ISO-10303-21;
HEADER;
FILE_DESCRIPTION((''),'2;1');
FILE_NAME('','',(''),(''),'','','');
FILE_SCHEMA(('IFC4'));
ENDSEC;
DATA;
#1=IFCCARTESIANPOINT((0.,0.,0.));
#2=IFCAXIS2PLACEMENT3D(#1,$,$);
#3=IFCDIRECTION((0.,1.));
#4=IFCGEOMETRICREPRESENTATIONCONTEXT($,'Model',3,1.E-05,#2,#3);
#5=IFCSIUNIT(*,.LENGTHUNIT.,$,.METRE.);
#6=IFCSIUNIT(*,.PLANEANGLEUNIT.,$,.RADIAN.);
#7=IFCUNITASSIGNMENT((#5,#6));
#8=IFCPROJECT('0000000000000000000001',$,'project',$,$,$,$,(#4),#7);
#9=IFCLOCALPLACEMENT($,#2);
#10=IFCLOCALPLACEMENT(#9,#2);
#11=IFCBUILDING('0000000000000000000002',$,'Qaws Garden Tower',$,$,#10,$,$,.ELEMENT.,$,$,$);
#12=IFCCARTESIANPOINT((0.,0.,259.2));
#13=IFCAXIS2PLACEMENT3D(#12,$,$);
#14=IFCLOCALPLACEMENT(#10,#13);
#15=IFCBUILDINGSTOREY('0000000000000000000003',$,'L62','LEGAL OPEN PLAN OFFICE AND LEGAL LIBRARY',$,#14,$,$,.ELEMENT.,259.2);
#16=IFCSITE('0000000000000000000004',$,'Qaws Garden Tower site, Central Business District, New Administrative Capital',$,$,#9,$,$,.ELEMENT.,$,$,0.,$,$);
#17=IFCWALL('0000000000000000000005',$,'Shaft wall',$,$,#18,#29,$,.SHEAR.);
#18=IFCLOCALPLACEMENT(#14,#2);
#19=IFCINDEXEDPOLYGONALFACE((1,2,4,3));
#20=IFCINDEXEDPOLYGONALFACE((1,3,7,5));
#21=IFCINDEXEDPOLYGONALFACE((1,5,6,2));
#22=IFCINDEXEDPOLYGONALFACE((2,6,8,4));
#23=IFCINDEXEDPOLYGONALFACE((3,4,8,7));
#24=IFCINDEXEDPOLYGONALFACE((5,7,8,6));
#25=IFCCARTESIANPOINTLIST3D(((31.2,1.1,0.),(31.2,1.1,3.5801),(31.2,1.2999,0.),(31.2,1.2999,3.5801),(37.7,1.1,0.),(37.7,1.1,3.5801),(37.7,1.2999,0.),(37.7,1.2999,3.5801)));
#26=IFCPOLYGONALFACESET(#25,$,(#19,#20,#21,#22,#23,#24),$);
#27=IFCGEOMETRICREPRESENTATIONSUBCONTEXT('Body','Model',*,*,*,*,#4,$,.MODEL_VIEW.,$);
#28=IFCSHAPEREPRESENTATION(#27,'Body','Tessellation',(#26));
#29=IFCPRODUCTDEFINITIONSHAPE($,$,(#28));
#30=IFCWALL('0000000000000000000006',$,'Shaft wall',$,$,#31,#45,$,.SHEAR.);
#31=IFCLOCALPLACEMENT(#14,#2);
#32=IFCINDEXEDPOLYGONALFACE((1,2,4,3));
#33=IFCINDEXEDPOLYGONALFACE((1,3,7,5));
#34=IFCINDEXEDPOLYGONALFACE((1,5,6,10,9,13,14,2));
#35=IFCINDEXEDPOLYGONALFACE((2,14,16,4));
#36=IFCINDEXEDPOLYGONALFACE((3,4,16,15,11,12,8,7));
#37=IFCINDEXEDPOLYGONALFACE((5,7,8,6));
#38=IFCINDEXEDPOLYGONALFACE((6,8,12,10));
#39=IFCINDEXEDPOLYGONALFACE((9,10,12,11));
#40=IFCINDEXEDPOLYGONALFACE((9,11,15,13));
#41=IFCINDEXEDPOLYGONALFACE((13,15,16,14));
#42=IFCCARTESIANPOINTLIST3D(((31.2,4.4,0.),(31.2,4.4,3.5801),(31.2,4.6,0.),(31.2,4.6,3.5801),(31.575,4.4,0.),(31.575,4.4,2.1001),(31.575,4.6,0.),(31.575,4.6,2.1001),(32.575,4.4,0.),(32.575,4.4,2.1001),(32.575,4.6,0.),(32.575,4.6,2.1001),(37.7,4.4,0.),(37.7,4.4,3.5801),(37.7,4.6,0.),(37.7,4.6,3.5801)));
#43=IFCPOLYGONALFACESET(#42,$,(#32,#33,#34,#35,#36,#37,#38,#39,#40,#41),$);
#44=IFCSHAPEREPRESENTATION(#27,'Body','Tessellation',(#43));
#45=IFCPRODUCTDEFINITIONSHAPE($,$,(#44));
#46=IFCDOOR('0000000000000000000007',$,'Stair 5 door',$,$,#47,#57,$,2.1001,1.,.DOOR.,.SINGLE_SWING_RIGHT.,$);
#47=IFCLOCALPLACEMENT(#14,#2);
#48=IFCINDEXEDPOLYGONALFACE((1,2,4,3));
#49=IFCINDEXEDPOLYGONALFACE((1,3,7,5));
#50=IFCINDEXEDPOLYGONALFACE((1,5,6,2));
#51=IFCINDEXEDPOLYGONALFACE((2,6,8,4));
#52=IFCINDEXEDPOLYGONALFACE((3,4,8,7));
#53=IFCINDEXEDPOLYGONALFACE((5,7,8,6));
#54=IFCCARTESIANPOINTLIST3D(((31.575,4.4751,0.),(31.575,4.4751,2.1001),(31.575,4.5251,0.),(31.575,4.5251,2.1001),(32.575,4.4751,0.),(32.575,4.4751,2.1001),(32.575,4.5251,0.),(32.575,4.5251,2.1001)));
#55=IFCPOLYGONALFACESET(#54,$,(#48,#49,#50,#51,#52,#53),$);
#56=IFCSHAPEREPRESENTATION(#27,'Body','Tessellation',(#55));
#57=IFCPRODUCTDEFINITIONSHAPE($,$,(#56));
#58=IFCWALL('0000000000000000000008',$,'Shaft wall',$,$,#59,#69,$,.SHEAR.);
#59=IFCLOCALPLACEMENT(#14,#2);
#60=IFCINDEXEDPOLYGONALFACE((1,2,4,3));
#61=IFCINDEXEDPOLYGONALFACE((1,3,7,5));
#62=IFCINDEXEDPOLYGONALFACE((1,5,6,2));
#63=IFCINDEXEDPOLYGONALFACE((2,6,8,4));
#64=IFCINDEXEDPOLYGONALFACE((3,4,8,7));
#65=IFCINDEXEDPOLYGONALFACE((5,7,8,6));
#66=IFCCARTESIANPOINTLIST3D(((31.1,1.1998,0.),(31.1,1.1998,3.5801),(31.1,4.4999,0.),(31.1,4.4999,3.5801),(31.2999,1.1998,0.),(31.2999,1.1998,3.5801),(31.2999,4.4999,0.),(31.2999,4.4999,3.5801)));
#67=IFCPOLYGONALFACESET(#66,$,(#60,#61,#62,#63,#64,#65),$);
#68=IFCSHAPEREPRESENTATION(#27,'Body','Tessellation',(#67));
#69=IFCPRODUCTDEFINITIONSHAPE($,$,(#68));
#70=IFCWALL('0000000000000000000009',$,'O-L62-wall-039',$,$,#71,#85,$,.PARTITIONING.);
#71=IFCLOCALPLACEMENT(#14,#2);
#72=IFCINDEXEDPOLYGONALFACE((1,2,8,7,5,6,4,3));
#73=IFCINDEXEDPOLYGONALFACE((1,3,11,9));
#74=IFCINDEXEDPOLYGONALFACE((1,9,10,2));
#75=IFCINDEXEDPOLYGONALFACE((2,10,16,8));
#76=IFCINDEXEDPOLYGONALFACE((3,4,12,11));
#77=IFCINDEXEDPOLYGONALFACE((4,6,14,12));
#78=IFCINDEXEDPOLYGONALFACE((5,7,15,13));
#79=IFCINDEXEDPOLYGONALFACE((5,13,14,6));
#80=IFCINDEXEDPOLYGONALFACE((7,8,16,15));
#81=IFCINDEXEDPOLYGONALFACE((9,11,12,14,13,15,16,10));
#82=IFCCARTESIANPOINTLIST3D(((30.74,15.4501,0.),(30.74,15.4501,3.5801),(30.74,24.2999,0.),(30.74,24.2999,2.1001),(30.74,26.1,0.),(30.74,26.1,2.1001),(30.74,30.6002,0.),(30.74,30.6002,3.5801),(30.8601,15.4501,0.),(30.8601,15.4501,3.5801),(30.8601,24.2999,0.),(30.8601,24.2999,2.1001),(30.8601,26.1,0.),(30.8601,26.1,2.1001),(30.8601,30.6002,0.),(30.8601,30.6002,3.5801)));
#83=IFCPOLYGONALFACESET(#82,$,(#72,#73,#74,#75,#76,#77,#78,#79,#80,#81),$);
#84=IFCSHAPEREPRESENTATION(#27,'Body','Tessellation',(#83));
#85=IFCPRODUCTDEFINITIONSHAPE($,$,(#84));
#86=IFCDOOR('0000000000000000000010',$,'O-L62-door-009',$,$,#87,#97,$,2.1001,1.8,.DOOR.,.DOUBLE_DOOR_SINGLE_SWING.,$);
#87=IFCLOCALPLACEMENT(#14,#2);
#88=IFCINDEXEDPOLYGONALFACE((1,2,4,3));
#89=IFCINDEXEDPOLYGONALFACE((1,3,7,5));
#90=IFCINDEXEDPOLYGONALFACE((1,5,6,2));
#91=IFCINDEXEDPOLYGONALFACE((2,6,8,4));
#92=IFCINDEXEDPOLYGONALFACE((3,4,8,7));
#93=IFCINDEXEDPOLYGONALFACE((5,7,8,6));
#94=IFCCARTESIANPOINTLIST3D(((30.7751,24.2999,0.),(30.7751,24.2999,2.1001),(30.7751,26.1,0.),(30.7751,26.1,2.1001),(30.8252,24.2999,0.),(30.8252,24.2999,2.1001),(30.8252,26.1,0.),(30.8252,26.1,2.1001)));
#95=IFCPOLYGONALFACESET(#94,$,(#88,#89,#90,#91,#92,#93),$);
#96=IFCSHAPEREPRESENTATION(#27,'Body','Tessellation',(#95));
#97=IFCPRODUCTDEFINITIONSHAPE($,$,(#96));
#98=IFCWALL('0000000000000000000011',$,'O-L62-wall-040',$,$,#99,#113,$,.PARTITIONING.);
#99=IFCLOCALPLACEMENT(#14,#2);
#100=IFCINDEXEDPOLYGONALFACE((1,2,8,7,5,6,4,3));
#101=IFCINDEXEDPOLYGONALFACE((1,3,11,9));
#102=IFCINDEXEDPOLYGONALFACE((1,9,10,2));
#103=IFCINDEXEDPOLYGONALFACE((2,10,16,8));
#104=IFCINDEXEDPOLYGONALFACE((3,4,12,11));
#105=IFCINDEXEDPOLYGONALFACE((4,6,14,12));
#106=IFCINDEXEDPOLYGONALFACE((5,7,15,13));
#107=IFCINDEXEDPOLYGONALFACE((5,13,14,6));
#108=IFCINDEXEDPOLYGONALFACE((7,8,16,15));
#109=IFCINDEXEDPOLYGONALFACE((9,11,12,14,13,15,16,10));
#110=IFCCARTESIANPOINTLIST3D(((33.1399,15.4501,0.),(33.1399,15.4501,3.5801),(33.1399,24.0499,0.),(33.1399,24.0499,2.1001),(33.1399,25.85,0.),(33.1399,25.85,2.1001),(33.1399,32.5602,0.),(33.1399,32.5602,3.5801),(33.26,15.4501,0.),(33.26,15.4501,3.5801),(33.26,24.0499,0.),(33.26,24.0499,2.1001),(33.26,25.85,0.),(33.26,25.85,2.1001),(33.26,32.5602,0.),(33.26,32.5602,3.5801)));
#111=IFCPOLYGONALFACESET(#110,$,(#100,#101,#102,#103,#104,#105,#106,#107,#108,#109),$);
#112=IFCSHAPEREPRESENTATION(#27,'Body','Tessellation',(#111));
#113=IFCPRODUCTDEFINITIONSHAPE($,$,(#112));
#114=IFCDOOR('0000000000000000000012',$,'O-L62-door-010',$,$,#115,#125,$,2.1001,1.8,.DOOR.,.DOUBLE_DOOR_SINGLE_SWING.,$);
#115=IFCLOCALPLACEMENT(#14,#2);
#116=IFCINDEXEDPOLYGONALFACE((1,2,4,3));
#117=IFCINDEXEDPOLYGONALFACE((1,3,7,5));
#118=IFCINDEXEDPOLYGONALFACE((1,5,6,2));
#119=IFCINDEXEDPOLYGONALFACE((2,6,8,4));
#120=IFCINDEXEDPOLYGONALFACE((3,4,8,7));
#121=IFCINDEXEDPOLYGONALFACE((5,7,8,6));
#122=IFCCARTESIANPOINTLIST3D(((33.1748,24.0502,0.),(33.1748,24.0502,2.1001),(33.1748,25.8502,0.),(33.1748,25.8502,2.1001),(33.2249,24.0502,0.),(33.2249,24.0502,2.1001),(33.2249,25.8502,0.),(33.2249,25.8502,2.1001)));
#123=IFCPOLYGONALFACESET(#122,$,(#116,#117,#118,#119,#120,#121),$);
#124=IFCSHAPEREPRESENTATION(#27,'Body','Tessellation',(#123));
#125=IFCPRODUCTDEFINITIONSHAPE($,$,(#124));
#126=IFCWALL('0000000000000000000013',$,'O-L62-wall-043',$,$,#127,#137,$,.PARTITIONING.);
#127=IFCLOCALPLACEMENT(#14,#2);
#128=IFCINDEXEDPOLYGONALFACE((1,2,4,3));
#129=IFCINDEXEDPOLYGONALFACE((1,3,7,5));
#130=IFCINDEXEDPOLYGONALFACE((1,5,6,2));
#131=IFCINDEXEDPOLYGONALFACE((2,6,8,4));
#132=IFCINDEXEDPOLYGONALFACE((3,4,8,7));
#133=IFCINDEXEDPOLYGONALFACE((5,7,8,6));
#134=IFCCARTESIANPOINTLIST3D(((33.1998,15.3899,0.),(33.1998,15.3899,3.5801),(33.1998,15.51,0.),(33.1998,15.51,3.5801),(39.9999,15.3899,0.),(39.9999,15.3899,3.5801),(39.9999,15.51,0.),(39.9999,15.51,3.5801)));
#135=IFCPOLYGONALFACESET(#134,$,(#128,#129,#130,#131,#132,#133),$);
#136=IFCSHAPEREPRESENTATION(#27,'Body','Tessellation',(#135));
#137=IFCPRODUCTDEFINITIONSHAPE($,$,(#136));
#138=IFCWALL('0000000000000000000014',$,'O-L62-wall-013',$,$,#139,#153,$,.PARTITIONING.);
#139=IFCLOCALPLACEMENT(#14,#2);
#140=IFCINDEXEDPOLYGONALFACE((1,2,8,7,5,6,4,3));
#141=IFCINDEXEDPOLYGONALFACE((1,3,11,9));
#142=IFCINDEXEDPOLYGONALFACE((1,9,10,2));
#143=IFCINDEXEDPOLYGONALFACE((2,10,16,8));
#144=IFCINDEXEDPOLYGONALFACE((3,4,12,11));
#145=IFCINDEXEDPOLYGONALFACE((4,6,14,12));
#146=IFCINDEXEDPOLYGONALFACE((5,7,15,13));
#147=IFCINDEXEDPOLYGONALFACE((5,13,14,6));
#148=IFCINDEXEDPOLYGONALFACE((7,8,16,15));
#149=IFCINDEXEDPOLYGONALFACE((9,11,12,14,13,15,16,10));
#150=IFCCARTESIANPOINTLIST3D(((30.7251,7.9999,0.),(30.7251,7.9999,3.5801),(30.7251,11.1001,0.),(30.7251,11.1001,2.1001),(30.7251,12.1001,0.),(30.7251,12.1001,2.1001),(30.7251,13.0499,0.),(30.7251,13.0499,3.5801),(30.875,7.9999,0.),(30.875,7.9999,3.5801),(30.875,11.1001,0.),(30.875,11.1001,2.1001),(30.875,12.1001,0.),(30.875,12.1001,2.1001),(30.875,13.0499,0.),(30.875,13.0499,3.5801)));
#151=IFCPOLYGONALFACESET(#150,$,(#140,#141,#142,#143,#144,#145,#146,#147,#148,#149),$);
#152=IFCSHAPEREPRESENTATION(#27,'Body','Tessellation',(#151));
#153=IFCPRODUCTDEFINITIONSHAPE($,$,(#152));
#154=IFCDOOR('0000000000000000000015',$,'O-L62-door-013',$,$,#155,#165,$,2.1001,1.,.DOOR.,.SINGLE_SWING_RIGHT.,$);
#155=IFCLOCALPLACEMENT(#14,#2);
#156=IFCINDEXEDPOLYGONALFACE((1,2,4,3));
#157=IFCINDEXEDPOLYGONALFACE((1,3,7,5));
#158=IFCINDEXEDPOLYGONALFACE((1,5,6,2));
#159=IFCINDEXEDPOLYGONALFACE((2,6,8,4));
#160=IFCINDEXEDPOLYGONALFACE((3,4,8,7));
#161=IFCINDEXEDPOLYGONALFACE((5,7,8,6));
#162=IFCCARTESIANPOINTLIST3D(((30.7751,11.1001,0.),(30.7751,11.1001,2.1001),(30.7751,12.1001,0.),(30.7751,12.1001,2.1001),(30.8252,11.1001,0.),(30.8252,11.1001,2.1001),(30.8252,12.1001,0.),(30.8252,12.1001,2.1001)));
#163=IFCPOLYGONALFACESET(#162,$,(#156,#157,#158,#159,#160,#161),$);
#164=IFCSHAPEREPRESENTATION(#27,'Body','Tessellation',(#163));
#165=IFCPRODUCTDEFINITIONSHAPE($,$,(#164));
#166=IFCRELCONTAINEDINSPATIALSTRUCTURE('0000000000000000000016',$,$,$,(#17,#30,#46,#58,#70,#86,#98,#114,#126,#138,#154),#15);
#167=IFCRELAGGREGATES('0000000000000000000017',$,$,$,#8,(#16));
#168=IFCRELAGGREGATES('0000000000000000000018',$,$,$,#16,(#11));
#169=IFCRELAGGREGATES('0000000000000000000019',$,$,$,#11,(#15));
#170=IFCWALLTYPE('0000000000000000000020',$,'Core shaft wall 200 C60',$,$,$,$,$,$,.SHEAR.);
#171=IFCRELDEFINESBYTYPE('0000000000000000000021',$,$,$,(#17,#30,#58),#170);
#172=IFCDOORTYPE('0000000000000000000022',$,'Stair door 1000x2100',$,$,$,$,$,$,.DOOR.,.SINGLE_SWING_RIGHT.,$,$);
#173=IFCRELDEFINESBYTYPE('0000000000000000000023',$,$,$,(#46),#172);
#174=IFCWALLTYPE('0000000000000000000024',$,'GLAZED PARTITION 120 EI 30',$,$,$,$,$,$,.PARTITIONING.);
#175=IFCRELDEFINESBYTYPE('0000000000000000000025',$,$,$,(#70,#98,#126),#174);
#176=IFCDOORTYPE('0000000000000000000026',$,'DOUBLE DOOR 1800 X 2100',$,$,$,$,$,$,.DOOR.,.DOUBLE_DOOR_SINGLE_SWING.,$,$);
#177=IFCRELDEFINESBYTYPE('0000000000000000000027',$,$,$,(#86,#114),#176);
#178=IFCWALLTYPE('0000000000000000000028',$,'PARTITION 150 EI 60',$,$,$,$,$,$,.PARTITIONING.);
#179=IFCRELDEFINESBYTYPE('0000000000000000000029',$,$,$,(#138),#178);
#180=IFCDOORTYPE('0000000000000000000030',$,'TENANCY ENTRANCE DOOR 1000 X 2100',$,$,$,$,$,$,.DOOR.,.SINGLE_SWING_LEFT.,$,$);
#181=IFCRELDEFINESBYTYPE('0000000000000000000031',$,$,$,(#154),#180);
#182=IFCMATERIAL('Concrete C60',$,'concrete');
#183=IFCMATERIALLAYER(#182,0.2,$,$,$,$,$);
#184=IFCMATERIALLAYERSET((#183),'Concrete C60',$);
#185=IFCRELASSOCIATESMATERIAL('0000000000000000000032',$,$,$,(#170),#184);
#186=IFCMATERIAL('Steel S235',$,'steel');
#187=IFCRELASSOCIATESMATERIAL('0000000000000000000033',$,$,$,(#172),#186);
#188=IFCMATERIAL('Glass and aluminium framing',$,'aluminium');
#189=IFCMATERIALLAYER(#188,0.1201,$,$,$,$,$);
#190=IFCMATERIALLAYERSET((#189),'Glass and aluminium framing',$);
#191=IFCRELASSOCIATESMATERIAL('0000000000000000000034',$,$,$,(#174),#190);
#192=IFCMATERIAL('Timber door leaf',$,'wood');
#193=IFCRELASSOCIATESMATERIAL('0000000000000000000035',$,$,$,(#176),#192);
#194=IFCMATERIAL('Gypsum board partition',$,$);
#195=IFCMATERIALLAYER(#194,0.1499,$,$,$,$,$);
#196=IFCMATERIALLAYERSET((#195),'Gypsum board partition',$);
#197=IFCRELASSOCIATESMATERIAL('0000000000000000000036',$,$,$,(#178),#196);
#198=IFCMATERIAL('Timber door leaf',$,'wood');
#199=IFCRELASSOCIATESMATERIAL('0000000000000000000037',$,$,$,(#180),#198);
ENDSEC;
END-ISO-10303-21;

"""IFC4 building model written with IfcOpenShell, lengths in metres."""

from ifc_helpers import new_model, si_unit, direction, frame, frame_2d, origin, place, context, subcontext, project, spatial, rectangle, extrude, material, layer, layer_set, type_object, element, fill, save


model = new_model("IFC4")

# Units and contexts
model_context = context("Model", 3, precision=1e-05, world=origin(), true_north=direction((0.0, 1.0)))
body_context = subcontext(model_context, "Body", "Model", "MODEL_VIEW")
ifc_project = project(units=[si_unit("LENGTHUNIT", "METRE"), si_unit("PLANEANGLEUNIT", "RADIAN")], contexts=[model_context])

# Site, building, storey
site_placement = place(None, origin())
site = spatial("IfcSite", under=ifc_project, at=site_placement, Name="Qaws Garden Tower site, Central Business District, New Administrative Capital", CompositionType="ELEMENT", RefElevation=0.0)
building_placement = place(site_placement, origin())
building = spatial("IfcBuilding", under=site, at=building_placement, Name="Qaws Garden Tower", CompositionType="ELEMENT")
storey_placement = place(building_placement, frame((0.0, 0.0, 259.2)))
storey = spatial("IfcBuildingStorey", under=building, at=storey_placement, Name="L62", Description="LEGAL OPEN PLAN OFFICE AND LEGAL LIBRARY", CompositionType="ELEMENT", Elevation=259.2)

# Wall
ifc_material_1 = material(Name="Concrete C60", Category="concrete")
ifc_layer_1 = layer(ifc_material_1, 0.2)
ifc_layer_set_1 = layer_set([ifc_layer_1], Name="Concrete C60")
wall_type_1 = type_object("IfcWallType", Name="Core shaft wall 200 C60", PredefinedType="SHEAR", material=ifc_layer_set_1)
wall_1_placement = place(storey_placement, frame((31.2, 1.2, 0.0), z_axis=(0.0, 0.0, 1.0), x_axis=(1.0, 0.0, 0.0)))
element("IfcWall", 1, at=wall_1_placement, inside=storey, type_object=wall_type_1, Name="Shaft wall", PredefinedType="SHEAR", context=body_context, shape_type="SweptSolid", body=[
    extrude(rectangle(XDim=6.5, YDim=0.2, at=frame_2d((3.25, 0.0))), origin(), (0.0, 0.0, 1.0), 3.5801),
])

# Wall, opening, door
wall_2_placement = place(storey_placement, frame((31.2, 4.5, 0.0), z_axis=(0.0, 0.0, 1.0), x_axis=(1.0, 0.0, 0.0)))
wall_2 = element("IfcWall", 2, at=wall_2_placement, inside=storey, type_object=wall_type_1, Name="Shaft wall", PredefinedType="SHEAR", context=body_context, shape_type="SweptSolid", body=[
    extrude(rectangle(XDim=6.5, YDim=0.2, at=frame_2d((3.25, 0.0))), origin(), (0.0, 0.0, 1.0), 3.5801),
])
opening_1_placement = place(wall_2_placement, frame((0.375, 0.0, 0.0)))
opening_1 = element("IfcOpeningElement", 3, at=opening_1_placement, cuts=wall_2, PredefinedType="OPENING", context=body_context, shape_type="SweptSolid", body=[
    extrude(rectangle(XDim=1.0, YDim=2.1001, at=frame_2d((0.5, 1.05))), frame((0.0, 0.1099, 0.0), z_axis=(0.0, -1.0, 0.0), x_axis=(1.0, 0.0, 0.0)), (0.0, 0.0, 1.0), 0.22),
])
ifc_material_2 = material(Name="Steel S235", Category="steel")
door_type_1 = type_object("IfcDoorType", Name="Stair door 1000x2100", OperationType="SINGLE_SWING_RIGHT", PredefinedType="DOOR", material=ifc_material_2)
door_1_placement = place(opening_1_placement, frame((1.0, 0.0, 0.0), z_axis=(0.0, 0.0, 1.0), x_axis=(-1.0, 0.0, 0.0)))
door_1 = element("IfcDoor", 4, at=door_1_placement, inside=storey, type_object=door_type_1, Name="Stair 5 door", OperationType="SINGLE_SWING_RIGHT", OverallHeight=2.1001, OverallWidth=1.0, PredefinedType="DOOR", context=body_context, shape_type="SweptSolid", body=[
    extrude(rectangle(XDim=1.0, YDim=2.1001, at=frame_2d((0.5, 1.05))), frame((0.0, 0.0249, 0.0), z_axis=(0.0, -1.0, 0.0), x_axis=(1.0, 0.0, 0.0)), (0.0, 0.0, 1.0), 0.05),
])
fill(opening_1, door_1)

# Wall
wall_3_placement = place(storey_placement, frame((31.2, 1.2, 0.0), z_axis=(0.0, 0.0, 1.0), x_axis=(0.0, 1.0, 0.0)))
element("IfcWall", 5, at=wall_3_placement, inside=storey, type_object=wall_type_1, Name="Shaft wall", PredefinedType="SHEAR", context=body_context, shape_type="SweptSolid", body=[
    extrude(rectangle(XDim=3.3, YDim=0.2, at=frame_2d((1.6499, 0.0))), origin(), (0.0, 0.0, 1.0), 3.5801),
])

# Walls, openings, doors
ifc_material_3 = material(Name="Glass and aluminium framing", Category="aluminium")
ifc_layer_2 = layer(ifc_material_3, 0.1201)
ifc_layer_set_2 = layer_set([ifc_layer_2], Name="Glass and aluminium framing")
wall_type_2 = type_object("IfcWallType", Name="GLAZED PARTITION 120 EI 30", PredefinedType="PARTITIONING", material=ifc_layer_set_2)
wall_4_placement = place(storey_placement, frame((30.8, 15.45, 0.0), z_axis=(0.0, 0.0, 1.0), x_axis=(0.0, 1.0, 0.0)))
wall_4 = element("IfcWall", 6, at=wall_4_placement, inside=storey, type_object=wall_type_2, Name="O-L62-wall-039", PredefinedType="PARTITIONING", context=body_context, shape_type="SweptSolid", body=[
    extrude(rectangle(XDim=15.1501, YDim=0.1201, at=frame_2d((7.5752, 0.0))), origin(), (0.0, 0.0, 1.0), 3.5801),
])
opening_2_placement = place(wall_4_placement, frame((8.8501, 0.0, 0.0)))
opening_2 = element("IfcOpeningElement", 7, at=opening_2_placement, cuts=wall_4, PredefinedType="OPENING", context=body_context, shape_type="SweptSolid", body=[
    extrude(rectangle(XDim=1.8, YDim=2.1001, at=frame_2d((0.8999, 1.05))), frame((0.0, 0.0701, 0.0), z_axis=(0.0, -1.0, 0.0), x_axis=(1.0, 0.0, 0.0)), (0.0, 0.0, 1.0), 0.1401),
])
ifc_material_4 = material(Name="Timber door leaf", Category="wood")
door_type_2 = type_object("IfcDoorType", Name="DOUBLE DOOR 1800 X 2100", OperationType="DOUBLE_DOOR_SINGLE_SWING", PredefinedType="DOOR", material=ifc_material_4)
door_2_placement = place(opening_2_placement, origin())
door_2 = element("IfcDoor", 8, at=door_2_placement, inside=storey, type_object=door_type_2, Name="O-L62-door-009", OperationType="DOUBLE_DOOR_SINGLE_SWING", OverallHeight=2.1001, OverallWidth=1.8, PredefinedType="DOOR", context=body_context, shape_type="SweptSolid", body=[
    extrude(rectangle(XDim=1.8, YDim=2.1001, at=frame_2d((0.8999, 1.05))), frame((0.0, 0.0249, 0.0), z_axis=(0.0, -1.0, 0.0), x_axis=(1.0, 0.0, 0.0)), (0.0, 0.0, 1.0), 0.05),
])
fill(opening_2, door_2)
wall_5_placement = place(storey_placement, frame((33.2, 15.45, 0.0), z_axis=(0.0, 0.0, 1.0), x_axis=(0.0, 1.0, 0.0)))
wall_5 = element("IfcWall", 9, at=wall_5_placement, inside=storey, type_object=wall_type_2, Name="O-L62-wall-040", PredefinedType="PARTITIONING", context=body_context, shape_type="SweptSolid", body=[
    extrude(rectangle(XDim=17.1101, YDim=0.1201, at=frame_2d((8.5552, 0.0))), origin(), (0.0, 0.0, 1.0), 3.5801),
])
opening_3_placement = place(wall_5_placement, frame((8.6001, 0.0, 0.0)))
opening_3 = element("IfcOpeningElement", 10, at=opening_3_placement, cuts=wall_5, PredefinedType="OPENING", context=body_context, shape_type="SweptSolid", body=[
    extrude(rectangle(XDim=1.8, YDim=2.1001, at=frame_2d((0.8999, 1.05))), frame((0.0, 0.0701, 0.0), z_axis=(0.0, -1.0, 0.0), x_axis=(1.0, 0.0, 0.0)), (0.0, 0.0, 1.0), 0.1401),
])
door_3_placement = place(opening_3_placement, frame((1.8, 0.0, 0.0), z_axis=(0.0, 0.0, 1.0), x_axis=(-1.0, 0.0, 0.0)))
door_3 = element("IfcDoor", 11, at=door_3_placement, inside=storey, type_object=door_type_2, Name="O-L62-door-010", OperationType="DOUBLE_DOOR_SINGLE_SWING", OverallHeight=2.1001, OverallWidth=1.8, PredefinedType="DOOR", context=body_context, shape_type="SweptSolid", body=[
    extrude(rectangle(XDim=1.8, YDim=2.1001, at=frame_2d((0.8999, 1.05))), frame((0.0, 0.0249, 0.0), z_axis=(0.0, -1.0, 0.0), x_axis=(1.0, 0.0, 0.0)), (0.0, 0.0, 1.0), 0.05),
])
fill(opening_3, door_3)

# Wall
wall_6_placement = place(storey_placement, frame((33.2, 15.45, 0.0), z_axis=(0.0, 0.0, 1.0), x_axis=(1.0, 0.0, 0.0)))
element("IfcWall", 12, at=wall_6_placement, inside=storey, type_object=wall_type_2, Name="O-L62-wall-043", PredefinedType="PARTITIONING", context=body_context, shape_type="SweptSolid", body=[
    extrude(rectangle(XDim=6.8, YDim=0.1201, at=frame_2d((3.3999, 0.0))), origin(), (0.0, 0.0, 1.0), 3.5801),
])

# Wall, opening, door
ifc_material_5 = material(Name="Gypsum board partition")
ifc_layer_3 = layer(ifc_material_5, 0.1499)
ifc_layer_set_3 = layer_set([ifc_layer_3], Name="Gypsum board partition")
wall_type_3 = type_object("IfcWallType", Name="PARTITION 150 EI 60", PredefinedType="PARTITIONING", material=ifc_layer_set_3)
wall_7_placement = place(storey_placement, frame((30.8, 8.0, 0.0), z_axis=(0.0, 0.0, 1.0), x_axis=(0.0, 1.0, 0.0)))
wall_7 = element("IfcWall", 13, at=wall_7_placement, inside=storey, type_object=wall_type_3, Name="O-L62-wall-013", PredefinedType="PARTITIONING", context=body_context, shape_type="SweptSolid", body=[
    extrude(rectangle(XDim=5.05, YDim=0.1499, at=frame_2d((2.5249, 0.0))), origin(), (0.0, 0.0, 1.0), 3.5801),
])
opening_4_placement = place(wall_7_placement, frame((3.1001, 0.0, 0.0)))
opening_4 = element("IfcOpeningElement", 14, at=opening_4_placement, cuts=wall_7, PredefinedType="OPENING", context=body_context, shape_type="SweptSolid", body=[
    extrude(rectangle(XDim=1.0, YDim=2.1001, at=frame_2d((0.5, 1.05))), frame((0.0, 0.085, 0.0), z_axis=(0.0, -1.0, 0.0), x_axis=(1.0, 0.0, 0.0)), (0.0, 0.0, 1.0), 0.1699),
])
ifc_material_6 = material(Name="Timber door leaf", Category="wood")
door_type_3 = type_object("IfcDoorType", Name="TENANCY ENTRANCE DOOR 1000 X 2100", OperationType="SINGLE_SWING_LEFT", PredefinedType="DOOR", material=ifc_material_6)
door_4_placement = place(opening_4_placement, origin())
door_4 = element("IfcDoor", 15, at=door_4_placement, inside=storey, type_object=door_type_3, Name="O-L62-door-013", OperationType="SINGLE_SWING_RIGHT", OverallHeight=2.1001, OverallWidth=1.0, PredefinedType="DOOR", context=body_context, shape_type="SweptSolid", body=[
    extrude(rectangle(XDim=1.0, YDim=2.1001, at=frame_2d((0.5, 1.05))), frame((0.0, 0.0249, 0.0), z_axis=(0.0, -1.0, 0.0), x_axis=(1.0, 0.0, 0.0)), (0.0, 0.0, 1.0), 0.05),
])
fill(opening_4, door_4)

save(model, "model.ifc")
